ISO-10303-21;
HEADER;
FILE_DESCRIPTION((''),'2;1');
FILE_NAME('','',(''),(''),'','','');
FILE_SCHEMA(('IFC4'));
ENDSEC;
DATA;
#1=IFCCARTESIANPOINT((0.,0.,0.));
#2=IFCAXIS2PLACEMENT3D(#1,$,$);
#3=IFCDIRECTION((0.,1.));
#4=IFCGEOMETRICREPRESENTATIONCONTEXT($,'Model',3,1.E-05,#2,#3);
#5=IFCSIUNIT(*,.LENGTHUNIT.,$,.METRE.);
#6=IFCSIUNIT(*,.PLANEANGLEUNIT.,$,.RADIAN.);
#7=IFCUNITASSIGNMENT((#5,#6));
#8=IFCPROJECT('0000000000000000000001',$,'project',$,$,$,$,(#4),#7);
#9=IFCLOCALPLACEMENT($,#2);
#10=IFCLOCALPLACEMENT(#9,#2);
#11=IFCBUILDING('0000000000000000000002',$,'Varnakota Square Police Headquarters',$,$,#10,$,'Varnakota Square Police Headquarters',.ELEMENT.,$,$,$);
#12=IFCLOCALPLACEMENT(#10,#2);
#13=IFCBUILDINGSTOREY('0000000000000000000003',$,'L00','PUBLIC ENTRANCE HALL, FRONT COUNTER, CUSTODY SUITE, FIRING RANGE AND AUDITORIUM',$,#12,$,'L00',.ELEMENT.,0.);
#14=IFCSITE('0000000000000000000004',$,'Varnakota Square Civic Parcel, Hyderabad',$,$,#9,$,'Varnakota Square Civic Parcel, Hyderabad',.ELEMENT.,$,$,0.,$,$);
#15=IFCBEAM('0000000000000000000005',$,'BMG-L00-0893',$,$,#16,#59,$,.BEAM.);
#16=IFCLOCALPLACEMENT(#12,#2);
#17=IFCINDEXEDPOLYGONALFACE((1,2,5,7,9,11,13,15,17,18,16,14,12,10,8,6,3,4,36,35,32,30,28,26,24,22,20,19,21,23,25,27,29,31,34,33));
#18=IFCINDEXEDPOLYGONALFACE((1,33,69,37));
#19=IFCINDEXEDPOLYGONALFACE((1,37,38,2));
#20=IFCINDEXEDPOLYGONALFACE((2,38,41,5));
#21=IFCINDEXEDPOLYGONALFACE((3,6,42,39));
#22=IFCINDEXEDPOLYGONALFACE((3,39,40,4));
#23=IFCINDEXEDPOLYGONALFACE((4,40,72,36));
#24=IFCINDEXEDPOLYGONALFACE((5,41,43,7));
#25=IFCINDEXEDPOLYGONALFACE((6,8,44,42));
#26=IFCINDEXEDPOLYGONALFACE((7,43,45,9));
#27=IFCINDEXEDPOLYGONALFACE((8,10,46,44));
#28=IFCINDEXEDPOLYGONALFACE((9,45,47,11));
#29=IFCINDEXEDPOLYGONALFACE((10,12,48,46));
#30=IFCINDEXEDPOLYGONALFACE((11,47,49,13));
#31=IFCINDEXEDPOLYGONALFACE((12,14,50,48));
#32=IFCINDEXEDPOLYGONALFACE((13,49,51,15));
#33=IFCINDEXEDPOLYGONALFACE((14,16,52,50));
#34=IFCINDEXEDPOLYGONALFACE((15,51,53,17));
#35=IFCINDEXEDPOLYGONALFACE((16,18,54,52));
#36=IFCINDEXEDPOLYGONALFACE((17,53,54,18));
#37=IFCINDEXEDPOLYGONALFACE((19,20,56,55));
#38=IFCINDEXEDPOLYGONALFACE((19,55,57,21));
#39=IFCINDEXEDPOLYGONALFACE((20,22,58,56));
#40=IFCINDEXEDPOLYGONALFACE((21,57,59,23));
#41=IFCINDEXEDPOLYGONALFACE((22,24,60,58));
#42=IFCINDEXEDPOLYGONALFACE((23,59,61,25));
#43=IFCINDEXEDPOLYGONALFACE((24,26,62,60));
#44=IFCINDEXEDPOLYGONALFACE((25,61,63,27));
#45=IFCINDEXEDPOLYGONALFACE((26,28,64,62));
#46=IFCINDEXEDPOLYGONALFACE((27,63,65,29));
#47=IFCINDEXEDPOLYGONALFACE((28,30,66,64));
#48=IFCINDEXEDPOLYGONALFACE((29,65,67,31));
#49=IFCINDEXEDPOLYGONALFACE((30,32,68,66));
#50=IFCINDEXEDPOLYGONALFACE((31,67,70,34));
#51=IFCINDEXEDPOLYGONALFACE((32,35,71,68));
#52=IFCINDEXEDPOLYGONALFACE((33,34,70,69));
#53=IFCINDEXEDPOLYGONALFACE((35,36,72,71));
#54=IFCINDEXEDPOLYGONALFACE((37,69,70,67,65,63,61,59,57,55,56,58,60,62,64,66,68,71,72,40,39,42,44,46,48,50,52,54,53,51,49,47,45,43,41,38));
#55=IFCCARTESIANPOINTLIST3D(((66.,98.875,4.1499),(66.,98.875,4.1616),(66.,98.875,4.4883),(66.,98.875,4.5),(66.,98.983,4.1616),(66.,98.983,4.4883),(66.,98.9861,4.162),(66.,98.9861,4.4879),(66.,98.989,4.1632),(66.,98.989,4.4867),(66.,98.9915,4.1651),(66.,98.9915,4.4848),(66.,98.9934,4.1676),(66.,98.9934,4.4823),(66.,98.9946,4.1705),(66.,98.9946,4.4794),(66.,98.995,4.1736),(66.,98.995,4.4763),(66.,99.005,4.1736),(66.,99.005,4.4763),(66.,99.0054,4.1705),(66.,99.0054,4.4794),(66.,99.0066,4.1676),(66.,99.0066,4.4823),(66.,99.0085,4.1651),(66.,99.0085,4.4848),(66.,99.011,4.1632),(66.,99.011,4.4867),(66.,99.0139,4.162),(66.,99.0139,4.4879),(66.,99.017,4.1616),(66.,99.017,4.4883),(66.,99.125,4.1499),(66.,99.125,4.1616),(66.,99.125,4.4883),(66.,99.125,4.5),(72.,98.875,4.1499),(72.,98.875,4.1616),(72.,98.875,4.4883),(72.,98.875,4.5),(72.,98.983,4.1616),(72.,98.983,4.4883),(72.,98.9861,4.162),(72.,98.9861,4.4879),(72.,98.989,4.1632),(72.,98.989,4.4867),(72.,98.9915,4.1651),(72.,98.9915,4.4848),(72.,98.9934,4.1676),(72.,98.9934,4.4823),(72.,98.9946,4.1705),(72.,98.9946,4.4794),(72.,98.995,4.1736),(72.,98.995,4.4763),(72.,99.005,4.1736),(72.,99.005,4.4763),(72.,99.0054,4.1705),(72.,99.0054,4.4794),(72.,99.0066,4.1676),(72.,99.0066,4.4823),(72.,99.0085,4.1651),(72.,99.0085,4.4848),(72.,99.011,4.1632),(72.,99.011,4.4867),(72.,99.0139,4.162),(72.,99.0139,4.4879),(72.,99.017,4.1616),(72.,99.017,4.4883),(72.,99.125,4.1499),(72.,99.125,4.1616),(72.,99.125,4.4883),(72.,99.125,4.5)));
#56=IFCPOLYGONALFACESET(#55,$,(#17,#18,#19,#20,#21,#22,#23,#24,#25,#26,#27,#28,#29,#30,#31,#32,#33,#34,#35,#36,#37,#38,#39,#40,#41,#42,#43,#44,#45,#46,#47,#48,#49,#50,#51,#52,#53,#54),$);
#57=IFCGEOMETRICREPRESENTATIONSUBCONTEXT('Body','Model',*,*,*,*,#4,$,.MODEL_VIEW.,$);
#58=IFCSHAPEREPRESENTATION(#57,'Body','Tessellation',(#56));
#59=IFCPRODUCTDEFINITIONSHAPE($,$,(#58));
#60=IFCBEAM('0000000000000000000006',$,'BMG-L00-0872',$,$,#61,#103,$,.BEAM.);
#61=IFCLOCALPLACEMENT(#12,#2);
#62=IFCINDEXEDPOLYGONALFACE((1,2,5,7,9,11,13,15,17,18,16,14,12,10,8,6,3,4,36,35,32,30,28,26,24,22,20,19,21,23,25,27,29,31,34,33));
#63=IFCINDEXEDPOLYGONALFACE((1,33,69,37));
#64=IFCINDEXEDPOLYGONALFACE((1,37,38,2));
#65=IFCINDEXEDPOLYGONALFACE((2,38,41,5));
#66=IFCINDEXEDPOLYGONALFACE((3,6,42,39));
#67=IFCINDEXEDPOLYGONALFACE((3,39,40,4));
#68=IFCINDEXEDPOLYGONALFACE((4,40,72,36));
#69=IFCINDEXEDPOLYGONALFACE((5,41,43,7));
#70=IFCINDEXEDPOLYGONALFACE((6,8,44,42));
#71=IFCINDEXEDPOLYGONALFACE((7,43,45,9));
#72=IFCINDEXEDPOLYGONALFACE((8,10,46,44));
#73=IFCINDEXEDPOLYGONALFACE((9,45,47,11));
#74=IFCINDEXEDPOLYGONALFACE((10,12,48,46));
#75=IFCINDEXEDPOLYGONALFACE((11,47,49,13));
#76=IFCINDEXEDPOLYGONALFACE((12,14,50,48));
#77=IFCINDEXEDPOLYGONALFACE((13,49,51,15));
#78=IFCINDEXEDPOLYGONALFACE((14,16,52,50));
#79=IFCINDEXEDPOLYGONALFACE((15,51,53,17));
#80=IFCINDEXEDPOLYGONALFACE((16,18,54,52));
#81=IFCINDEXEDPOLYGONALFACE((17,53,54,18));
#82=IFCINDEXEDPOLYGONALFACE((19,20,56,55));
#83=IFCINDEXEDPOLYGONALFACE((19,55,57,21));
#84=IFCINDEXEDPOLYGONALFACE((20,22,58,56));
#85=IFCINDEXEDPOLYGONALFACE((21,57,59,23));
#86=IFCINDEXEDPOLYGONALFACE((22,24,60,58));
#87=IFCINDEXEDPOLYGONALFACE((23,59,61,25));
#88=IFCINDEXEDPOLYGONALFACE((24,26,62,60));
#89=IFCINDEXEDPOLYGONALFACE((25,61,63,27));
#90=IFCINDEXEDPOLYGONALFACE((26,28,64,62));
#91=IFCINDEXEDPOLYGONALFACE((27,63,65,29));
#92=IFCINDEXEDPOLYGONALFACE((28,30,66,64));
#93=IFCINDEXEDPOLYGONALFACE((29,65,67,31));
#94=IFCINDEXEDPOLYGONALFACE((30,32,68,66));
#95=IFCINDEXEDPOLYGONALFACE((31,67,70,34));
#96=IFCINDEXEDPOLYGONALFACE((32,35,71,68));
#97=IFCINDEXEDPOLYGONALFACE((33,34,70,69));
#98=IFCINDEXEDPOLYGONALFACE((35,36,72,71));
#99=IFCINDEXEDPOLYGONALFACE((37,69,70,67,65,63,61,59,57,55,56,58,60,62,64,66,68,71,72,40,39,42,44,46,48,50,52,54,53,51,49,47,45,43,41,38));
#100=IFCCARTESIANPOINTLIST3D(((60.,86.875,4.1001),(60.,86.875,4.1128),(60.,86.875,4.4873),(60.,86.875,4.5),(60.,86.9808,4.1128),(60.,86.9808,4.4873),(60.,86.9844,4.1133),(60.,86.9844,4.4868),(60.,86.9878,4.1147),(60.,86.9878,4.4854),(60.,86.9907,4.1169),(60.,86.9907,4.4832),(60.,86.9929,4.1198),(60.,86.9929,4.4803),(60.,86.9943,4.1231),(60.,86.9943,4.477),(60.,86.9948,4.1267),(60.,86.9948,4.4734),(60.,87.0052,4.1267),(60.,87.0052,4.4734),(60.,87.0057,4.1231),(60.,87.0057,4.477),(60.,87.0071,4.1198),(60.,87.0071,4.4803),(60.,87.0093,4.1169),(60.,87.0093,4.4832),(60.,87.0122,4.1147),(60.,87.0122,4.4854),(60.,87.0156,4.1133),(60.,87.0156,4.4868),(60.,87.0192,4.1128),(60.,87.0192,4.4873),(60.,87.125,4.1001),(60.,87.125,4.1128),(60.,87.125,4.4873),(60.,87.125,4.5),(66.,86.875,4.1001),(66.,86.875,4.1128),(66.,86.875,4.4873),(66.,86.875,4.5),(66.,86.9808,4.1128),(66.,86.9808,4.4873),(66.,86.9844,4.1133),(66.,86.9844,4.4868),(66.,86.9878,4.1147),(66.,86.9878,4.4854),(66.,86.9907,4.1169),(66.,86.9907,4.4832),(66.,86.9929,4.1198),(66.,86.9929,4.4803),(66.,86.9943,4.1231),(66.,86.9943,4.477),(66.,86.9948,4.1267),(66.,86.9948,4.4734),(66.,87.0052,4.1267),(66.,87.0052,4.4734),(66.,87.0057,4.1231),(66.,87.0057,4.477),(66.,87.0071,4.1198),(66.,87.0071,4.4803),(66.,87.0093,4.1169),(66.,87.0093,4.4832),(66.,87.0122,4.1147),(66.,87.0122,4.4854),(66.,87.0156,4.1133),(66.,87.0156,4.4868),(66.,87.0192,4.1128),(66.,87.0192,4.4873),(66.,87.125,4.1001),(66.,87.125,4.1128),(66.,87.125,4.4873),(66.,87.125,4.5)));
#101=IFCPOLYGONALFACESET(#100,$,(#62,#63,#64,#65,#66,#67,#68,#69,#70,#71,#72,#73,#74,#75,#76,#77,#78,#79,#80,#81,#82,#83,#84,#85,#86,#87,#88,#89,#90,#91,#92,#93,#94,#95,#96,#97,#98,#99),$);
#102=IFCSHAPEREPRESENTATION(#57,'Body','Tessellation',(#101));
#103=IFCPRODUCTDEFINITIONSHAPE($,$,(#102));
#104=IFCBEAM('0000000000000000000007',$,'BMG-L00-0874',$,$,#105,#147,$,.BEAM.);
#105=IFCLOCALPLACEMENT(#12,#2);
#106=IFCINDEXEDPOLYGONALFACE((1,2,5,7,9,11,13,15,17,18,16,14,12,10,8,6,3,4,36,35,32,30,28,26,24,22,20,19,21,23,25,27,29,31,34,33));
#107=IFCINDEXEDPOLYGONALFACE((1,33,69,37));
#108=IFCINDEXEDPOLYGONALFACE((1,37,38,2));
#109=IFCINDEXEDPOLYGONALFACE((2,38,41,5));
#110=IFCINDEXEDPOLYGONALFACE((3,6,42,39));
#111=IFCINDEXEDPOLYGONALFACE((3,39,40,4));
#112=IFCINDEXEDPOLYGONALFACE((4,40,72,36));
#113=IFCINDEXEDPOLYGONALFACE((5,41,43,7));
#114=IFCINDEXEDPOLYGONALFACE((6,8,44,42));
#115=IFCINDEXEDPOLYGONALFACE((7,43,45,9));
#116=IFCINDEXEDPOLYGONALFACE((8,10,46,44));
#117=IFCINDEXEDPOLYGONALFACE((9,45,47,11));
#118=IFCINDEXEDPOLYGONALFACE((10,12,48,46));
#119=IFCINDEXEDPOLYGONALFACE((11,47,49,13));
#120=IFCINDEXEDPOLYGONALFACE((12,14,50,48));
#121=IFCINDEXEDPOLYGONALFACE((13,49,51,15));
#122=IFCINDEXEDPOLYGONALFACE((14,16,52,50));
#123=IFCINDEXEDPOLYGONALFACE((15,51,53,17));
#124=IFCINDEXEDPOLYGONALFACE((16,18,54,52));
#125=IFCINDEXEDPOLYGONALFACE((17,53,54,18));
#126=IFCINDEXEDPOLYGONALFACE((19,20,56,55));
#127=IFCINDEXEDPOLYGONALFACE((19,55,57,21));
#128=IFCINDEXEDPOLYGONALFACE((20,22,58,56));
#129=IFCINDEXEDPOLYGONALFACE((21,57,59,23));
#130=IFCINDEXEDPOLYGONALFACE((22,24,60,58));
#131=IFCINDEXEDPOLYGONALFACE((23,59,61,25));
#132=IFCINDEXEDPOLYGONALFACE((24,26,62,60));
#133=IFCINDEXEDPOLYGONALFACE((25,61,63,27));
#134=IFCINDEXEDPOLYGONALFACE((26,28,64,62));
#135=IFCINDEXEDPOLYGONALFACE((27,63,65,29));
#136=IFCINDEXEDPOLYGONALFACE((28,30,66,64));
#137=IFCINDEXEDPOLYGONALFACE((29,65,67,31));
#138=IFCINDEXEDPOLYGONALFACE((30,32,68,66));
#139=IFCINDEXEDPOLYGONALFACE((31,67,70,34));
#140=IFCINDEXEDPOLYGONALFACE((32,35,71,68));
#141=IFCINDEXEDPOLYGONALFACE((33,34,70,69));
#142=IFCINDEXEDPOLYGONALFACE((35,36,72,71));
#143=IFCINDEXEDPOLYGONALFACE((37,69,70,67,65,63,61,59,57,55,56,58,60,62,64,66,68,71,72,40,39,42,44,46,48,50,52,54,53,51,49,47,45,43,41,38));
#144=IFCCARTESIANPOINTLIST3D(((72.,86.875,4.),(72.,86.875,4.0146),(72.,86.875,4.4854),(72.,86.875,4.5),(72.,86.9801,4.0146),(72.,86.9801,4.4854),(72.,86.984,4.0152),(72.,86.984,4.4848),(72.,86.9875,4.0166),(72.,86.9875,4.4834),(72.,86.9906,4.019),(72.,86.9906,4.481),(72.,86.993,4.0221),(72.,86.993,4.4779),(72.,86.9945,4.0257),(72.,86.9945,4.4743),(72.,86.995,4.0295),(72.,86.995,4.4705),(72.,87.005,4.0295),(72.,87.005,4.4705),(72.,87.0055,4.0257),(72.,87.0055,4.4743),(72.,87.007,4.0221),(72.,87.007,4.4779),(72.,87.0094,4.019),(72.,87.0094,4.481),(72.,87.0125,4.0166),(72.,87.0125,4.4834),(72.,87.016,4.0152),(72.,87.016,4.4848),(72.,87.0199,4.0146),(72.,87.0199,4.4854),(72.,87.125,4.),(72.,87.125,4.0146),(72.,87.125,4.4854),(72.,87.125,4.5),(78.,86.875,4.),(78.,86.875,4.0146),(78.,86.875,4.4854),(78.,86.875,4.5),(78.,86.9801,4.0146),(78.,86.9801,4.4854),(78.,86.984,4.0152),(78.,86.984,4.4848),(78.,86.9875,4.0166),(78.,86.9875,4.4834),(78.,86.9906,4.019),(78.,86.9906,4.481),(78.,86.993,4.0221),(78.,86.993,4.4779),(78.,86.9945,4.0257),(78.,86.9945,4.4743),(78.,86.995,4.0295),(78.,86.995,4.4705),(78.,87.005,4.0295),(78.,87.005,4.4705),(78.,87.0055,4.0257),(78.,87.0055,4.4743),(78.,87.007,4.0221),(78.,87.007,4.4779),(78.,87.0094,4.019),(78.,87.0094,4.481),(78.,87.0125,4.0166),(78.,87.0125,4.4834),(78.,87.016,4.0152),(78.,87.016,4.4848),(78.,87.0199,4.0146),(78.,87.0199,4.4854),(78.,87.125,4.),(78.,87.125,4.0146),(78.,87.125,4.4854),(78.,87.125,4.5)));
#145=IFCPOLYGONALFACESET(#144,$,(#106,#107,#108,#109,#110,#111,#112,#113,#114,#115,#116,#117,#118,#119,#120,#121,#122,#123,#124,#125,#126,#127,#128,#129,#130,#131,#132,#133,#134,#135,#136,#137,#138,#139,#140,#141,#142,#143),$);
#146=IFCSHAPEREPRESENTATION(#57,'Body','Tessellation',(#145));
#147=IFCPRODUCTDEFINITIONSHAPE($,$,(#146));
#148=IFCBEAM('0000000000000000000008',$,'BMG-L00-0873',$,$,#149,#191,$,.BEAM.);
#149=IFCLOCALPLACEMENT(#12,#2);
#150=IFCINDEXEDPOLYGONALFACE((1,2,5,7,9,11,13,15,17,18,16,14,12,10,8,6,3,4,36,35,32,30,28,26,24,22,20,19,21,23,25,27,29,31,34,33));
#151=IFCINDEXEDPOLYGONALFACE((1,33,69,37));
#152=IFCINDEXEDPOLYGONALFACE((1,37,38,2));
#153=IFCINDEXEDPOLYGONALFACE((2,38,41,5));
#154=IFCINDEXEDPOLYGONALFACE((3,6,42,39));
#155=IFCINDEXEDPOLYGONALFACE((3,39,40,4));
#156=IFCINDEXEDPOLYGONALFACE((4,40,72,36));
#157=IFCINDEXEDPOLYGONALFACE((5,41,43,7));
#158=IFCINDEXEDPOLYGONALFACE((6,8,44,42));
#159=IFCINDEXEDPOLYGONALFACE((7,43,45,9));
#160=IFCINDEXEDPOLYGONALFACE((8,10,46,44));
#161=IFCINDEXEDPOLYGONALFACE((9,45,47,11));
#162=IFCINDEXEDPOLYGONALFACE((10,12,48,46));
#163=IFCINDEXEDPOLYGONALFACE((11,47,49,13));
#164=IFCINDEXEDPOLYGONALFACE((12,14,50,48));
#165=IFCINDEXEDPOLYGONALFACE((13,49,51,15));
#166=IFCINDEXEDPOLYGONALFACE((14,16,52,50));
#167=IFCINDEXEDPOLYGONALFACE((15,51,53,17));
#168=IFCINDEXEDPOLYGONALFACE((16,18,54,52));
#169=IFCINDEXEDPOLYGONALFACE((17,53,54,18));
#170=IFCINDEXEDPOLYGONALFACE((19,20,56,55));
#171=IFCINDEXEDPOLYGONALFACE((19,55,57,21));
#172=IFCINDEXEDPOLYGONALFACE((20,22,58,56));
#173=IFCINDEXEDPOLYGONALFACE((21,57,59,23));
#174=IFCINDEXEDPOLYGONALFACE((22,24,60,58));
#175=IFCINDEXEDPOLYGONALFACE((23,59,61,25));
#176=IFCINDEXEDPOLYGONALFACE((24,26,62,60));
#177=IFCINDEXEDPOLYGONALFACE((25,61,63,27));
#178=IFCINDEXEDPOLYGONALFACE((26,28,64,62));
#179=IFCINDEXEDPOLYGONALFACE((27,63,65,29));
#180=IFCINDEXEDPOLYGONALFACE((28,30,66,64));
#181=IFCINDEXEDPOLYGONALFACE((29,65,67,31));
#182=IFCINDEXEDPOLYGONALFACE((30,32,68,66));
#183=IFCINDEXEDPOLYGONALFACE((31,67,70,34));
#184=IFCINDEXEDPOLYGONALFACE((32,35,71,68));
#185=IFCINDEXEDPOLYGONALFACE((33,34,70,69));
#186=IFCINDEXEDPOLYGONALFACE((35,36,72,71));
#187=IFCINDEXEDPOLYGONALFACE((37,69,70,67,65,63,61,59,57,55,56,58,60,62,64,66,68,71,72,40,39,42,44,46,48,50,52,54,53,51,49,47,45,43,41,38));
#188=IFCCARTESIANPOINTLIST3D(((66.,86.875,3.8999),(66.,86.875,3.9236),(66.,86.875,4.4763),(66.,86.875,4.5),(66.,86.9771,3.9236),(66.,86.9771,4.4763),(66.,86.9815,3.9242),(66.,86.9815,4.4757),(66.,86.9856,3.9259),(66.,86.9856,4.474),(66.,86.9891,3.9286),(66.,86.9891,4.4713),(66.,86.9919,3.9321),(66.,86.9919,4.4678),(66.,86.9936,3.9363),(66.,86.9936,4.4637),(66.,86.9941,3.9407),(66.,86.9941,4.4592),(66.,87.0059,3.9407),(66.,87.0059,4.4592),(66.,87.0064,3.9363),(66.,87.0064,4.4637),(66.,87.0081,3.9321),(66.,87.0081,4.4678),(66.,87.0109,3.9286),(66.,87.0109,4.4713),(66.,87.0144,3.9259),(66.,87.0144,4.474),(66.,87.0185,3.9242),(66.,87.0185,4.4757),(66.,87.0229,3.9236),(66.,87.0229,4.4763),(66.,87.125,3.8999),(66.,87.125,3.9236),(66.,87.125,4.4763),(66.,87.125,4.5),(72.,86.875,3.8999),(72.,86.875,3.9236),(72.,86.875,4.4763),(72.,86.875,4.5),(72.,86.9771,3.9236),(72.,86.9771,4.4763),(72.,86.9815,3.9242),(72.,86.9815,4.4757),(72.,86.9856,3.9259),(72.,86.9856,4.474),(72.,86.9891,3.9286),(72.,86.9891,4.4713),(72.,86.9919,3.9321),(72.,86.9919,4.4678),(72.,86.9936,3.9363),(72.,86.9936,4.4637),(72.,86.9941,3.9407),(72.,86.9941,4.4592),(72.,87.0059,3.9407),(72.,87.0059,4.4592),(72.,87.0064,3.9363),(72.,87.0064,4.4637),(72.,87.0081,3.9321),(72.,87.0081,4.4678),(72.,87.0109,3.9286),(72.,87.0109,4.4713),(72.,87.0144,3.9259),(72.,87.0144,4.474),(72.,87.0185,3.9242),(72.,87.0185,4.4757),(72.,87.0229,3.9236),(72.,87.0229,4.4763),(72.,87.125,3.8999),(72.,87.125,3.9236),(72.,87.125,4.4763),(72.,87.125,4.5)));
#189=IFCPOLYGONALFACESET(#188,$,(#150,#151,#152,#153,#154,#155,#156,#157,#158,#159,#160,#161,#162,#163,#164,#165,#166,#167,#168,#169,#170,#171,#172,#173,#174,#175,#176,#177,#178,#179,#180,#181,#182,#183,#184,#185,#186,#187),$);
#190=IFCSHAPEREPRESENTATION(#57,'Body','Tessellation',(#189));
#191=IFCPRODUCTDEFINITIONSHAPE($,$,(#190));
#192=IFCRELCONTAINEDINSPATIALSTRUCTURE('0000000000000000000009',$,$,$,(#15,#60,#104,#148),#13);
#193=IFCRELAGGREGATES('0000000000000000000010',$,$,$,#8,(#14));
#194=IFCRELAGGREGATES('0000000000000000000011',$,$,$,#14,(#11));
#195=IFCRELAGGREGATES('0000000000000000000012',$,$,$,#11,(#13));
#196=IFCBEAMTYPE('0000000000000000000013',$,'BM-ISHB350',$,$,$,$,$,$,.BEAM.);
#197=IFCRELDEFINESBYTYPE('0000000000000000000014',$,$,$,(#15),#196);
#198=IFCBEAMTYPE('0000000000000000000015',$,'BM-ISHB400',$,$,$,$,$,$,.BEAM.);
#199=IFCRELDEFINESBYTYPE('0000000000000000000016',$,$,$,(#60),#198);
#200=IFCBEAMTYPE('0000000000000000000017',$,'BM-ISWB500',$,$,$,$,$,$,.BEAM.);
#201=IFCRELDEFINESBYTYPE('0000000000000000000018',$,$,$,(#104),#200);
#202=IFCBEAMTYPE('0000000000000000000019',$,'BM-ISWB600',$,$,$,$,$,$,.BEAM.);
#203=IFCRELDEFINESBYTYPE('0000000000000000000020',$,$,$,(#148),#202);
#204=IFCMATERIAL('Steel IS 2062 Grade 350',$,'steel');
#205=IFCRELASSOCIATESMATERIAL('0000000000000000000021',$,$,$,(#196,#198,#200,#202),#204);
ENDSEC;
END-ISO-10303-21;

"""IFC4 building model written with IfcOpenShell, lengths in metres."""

from ifc_helpers import new_model, si_unit, direction, frame, origin, origin_2d, place, context, subcontext, project, spatial, i_section, extrude, material, material_profile, profile_set, type_object, element, save


model = new_model("IFC4")

# Units and contexts
model_context = context("Model", 3, precision=1e-05, world=origin(), true_north=direction((0.0, 1.0)))
body_context = subcontext(model_context, "Body", "Model", "MODEL_VIEW")
ifc_project = project(units=[si_unit("LENGTHUNIT", "METRE"), si_unit("PLANEANGLEUNIT", "RADIAN")], contexts=[model_context])

# Site, building, storey
site_placement = place(None, origin())
site = spatial("IfcSite", under=ifc_project, at=site_placement, Name="Varnakota Square Civic Parcel, Hyderabad", LongName="Varnakota Square Civic Parcel, Hyderabad", CompositionType="ELEMENT", RefElevation=0.0)
building_placement = place(site_placement, origin())
building = spatial("IfcBuilding", under=site, at=building_placement, Name="Varnakota Square Police Headquarters", LongName="Varnakota Square Police Headquarters", CompositionType="ELEMENT")
storey_placement = place(building_placement, origin())
storey = spatial("IfcBuildingStorey", under=building, at=storey_placement, Name="L00", Description="PUBLIC ENTRANCE HALL, FRONT COUNTER, CUSTODY SUITE, FIRING RANGE AND AUDITORIUM", LongName="L00", CompositionType="ELEMENT", Elevation=0.0)

# Beams
ifc_material_1 = material(Name="Steel IS 2062 Grade 350", Category="steel")
ifc_material_profile_1 = material_profile(ifc_material_1, i_section(OverallWidth=0.25, OverallDepth=0.3501, WebThickness=0.01, FlangeThickness=0.0117, FilletRadius=0.012, at=origin_2d()), Name="ISHB 350")
ifc_profile_set_1 = profile_set([ifc_material_profile_1], Name="Steel IS 2062 Grade 350")
beam_type_1 = type_object("IfcBeamType", Name="BM-ISHB350", PredefinedType="BEAM", material=ifc_profile_set_1)
beam_1_placement = place(storey_placement, frame((66.0, 99.0, 4.325), z_axis=(1.0, 0.0, 0.0), x_axis=(0.0, 1.0, 0.0)))
element("IfcBeam", 1, at=beam_1_placement, inside=storey, type_object=beam_type_1, Name="BMG-L00-0893", PredefinedType="BEAM", context=body_context, shape_type="SweptSolid", body=[
    extrude(i_section(OverallWidth=0.25, OverallDepth=0.3501, WebThickness=0.01, FlangeThickness=0.0117, FilletRadius=0.012, at=origin_2d()), origin(), (0.0, 0.0, 1.0), 6.0),
])
ifc_material_profile_2 = material_profile(ifc_material_1, i_section(OverallWidth=0.25, OverallDepth=0.3999, WebThickness=0.0105, FlangeThickness=0.0127, FilletRadius=0.0139, at=origin_2d()), Name="ISHB 400")
ifc_profile_set_2 = profile_set([ifc_material_profile_2], Name="Steel IS 2062 Grade 350")
beam_type_2 = type_object("IfcBeamType", Name="BM-ISHB400", PredefinedType="BEAM", material=ifc_profile_set_2)
beam_2_placement = place(storey_placement, frame((60.0, 87.0, 4.3), z_axis=(1.0, 0.0, 0.0), x_axis=(0.0, 1.0, 0.0)))
element("IfcBeam", 2, at=beam_2_placement, inside=storey, type_object=beam_type_2, Name="BMG-L00-0872", PredefinedType="BEAM", context=body_context, shape_type="SweptSolid", body=[
    extrude(i_section(OverallWidth=0.25, OverallDepth=0.3999, WebThickness=0.0105, FlangeThickness=0.0127, FilletRadius=0.0139, at=origin_2d()), origin(), (0.0, 0.0, 1.0), 6.0),
])
ifc_material_profile_3 = material_profile(ifc_material_1, i_section(OverallWidth=0.25, OverallDepth=0.5, WebThickness=0.01, FlangeThickness=0.0146, FilletRadius=0.0149, at=origin_2d()), Name="ISWB 500")
ifc_profile_set_3 = profile_set([ifc_material_profile_3], Name="Steel IS 2062 Grade 350")
beam_type_3 = type_object("IfcBeamType", Name="BM-ISWB500", PredefinedType="BEAM", material=ifc_profile_set_3)
beam_3_placement = place(storey_placement, frame((72.0, 87.0, 4.25), z_axis=(1.0, 0.0, 0.0), x_axis=(0.0, 1.0, 0.0)))
element("IfcBeam", 3, at=beam_3_placement, inside=storey, type_object=beam_type_3, Name="BMG-L00-0874", PredefinedType="BEAM", context=body_context, shape_type="SweptSolid", body=[
    extrude(i_section(OverallWidth=0.25, OverallDepth=0.5, WebThickness=0.01, FlangeThickness=0.0146, FilletRadius=0.0149, at=origin_2d()), origin(), (0.0, 0.0, 1.0), 6.0),
])
ifc_material_profile_4 = material_profile(ifc_material_1, i_section(OverallWidth=0.25, OverallDepth=0.6001, WebThickness=0.0117, FlangeThickness=0.0237, FilletRadius=0.0171, at=origin_2d()), Name="ISWB 600")
ifc_profile_set_4 = profile_set([ifc_material_profile_4], Name="Steel IS 2062 Grade 350")
beam_type_4 = type_object("IfcBeamType", Name="BM-ISWB600", PredefinedType="BEAM", material=ifc_profile_set_4)
beam_4_placement = place(storey_placement, frame((66.0, 87.0, 4.2), z_axis=(1.0, 0.0, 0.0), x_axis=(0.0, 1.0, 0.0)))
element("IfcBeam", 4, at=beam_4_placement, inside=storey, type_object=beam_type_4, Name="BMG-L00-0873", PredefinedType="BEAM", context=body_context, shape_type="SweptSolid", body=[
    extrude(i_section(OverallWidth=0.25, OverallDepth=0.6001, WebThickness=0.0117, FlangeThickness=0.0237, FilletRadius=0.0171, at=origin_2d()), origin(), (0.0, 0.0, 1.0), 6.0),
])

save(model, "model.ifc")
